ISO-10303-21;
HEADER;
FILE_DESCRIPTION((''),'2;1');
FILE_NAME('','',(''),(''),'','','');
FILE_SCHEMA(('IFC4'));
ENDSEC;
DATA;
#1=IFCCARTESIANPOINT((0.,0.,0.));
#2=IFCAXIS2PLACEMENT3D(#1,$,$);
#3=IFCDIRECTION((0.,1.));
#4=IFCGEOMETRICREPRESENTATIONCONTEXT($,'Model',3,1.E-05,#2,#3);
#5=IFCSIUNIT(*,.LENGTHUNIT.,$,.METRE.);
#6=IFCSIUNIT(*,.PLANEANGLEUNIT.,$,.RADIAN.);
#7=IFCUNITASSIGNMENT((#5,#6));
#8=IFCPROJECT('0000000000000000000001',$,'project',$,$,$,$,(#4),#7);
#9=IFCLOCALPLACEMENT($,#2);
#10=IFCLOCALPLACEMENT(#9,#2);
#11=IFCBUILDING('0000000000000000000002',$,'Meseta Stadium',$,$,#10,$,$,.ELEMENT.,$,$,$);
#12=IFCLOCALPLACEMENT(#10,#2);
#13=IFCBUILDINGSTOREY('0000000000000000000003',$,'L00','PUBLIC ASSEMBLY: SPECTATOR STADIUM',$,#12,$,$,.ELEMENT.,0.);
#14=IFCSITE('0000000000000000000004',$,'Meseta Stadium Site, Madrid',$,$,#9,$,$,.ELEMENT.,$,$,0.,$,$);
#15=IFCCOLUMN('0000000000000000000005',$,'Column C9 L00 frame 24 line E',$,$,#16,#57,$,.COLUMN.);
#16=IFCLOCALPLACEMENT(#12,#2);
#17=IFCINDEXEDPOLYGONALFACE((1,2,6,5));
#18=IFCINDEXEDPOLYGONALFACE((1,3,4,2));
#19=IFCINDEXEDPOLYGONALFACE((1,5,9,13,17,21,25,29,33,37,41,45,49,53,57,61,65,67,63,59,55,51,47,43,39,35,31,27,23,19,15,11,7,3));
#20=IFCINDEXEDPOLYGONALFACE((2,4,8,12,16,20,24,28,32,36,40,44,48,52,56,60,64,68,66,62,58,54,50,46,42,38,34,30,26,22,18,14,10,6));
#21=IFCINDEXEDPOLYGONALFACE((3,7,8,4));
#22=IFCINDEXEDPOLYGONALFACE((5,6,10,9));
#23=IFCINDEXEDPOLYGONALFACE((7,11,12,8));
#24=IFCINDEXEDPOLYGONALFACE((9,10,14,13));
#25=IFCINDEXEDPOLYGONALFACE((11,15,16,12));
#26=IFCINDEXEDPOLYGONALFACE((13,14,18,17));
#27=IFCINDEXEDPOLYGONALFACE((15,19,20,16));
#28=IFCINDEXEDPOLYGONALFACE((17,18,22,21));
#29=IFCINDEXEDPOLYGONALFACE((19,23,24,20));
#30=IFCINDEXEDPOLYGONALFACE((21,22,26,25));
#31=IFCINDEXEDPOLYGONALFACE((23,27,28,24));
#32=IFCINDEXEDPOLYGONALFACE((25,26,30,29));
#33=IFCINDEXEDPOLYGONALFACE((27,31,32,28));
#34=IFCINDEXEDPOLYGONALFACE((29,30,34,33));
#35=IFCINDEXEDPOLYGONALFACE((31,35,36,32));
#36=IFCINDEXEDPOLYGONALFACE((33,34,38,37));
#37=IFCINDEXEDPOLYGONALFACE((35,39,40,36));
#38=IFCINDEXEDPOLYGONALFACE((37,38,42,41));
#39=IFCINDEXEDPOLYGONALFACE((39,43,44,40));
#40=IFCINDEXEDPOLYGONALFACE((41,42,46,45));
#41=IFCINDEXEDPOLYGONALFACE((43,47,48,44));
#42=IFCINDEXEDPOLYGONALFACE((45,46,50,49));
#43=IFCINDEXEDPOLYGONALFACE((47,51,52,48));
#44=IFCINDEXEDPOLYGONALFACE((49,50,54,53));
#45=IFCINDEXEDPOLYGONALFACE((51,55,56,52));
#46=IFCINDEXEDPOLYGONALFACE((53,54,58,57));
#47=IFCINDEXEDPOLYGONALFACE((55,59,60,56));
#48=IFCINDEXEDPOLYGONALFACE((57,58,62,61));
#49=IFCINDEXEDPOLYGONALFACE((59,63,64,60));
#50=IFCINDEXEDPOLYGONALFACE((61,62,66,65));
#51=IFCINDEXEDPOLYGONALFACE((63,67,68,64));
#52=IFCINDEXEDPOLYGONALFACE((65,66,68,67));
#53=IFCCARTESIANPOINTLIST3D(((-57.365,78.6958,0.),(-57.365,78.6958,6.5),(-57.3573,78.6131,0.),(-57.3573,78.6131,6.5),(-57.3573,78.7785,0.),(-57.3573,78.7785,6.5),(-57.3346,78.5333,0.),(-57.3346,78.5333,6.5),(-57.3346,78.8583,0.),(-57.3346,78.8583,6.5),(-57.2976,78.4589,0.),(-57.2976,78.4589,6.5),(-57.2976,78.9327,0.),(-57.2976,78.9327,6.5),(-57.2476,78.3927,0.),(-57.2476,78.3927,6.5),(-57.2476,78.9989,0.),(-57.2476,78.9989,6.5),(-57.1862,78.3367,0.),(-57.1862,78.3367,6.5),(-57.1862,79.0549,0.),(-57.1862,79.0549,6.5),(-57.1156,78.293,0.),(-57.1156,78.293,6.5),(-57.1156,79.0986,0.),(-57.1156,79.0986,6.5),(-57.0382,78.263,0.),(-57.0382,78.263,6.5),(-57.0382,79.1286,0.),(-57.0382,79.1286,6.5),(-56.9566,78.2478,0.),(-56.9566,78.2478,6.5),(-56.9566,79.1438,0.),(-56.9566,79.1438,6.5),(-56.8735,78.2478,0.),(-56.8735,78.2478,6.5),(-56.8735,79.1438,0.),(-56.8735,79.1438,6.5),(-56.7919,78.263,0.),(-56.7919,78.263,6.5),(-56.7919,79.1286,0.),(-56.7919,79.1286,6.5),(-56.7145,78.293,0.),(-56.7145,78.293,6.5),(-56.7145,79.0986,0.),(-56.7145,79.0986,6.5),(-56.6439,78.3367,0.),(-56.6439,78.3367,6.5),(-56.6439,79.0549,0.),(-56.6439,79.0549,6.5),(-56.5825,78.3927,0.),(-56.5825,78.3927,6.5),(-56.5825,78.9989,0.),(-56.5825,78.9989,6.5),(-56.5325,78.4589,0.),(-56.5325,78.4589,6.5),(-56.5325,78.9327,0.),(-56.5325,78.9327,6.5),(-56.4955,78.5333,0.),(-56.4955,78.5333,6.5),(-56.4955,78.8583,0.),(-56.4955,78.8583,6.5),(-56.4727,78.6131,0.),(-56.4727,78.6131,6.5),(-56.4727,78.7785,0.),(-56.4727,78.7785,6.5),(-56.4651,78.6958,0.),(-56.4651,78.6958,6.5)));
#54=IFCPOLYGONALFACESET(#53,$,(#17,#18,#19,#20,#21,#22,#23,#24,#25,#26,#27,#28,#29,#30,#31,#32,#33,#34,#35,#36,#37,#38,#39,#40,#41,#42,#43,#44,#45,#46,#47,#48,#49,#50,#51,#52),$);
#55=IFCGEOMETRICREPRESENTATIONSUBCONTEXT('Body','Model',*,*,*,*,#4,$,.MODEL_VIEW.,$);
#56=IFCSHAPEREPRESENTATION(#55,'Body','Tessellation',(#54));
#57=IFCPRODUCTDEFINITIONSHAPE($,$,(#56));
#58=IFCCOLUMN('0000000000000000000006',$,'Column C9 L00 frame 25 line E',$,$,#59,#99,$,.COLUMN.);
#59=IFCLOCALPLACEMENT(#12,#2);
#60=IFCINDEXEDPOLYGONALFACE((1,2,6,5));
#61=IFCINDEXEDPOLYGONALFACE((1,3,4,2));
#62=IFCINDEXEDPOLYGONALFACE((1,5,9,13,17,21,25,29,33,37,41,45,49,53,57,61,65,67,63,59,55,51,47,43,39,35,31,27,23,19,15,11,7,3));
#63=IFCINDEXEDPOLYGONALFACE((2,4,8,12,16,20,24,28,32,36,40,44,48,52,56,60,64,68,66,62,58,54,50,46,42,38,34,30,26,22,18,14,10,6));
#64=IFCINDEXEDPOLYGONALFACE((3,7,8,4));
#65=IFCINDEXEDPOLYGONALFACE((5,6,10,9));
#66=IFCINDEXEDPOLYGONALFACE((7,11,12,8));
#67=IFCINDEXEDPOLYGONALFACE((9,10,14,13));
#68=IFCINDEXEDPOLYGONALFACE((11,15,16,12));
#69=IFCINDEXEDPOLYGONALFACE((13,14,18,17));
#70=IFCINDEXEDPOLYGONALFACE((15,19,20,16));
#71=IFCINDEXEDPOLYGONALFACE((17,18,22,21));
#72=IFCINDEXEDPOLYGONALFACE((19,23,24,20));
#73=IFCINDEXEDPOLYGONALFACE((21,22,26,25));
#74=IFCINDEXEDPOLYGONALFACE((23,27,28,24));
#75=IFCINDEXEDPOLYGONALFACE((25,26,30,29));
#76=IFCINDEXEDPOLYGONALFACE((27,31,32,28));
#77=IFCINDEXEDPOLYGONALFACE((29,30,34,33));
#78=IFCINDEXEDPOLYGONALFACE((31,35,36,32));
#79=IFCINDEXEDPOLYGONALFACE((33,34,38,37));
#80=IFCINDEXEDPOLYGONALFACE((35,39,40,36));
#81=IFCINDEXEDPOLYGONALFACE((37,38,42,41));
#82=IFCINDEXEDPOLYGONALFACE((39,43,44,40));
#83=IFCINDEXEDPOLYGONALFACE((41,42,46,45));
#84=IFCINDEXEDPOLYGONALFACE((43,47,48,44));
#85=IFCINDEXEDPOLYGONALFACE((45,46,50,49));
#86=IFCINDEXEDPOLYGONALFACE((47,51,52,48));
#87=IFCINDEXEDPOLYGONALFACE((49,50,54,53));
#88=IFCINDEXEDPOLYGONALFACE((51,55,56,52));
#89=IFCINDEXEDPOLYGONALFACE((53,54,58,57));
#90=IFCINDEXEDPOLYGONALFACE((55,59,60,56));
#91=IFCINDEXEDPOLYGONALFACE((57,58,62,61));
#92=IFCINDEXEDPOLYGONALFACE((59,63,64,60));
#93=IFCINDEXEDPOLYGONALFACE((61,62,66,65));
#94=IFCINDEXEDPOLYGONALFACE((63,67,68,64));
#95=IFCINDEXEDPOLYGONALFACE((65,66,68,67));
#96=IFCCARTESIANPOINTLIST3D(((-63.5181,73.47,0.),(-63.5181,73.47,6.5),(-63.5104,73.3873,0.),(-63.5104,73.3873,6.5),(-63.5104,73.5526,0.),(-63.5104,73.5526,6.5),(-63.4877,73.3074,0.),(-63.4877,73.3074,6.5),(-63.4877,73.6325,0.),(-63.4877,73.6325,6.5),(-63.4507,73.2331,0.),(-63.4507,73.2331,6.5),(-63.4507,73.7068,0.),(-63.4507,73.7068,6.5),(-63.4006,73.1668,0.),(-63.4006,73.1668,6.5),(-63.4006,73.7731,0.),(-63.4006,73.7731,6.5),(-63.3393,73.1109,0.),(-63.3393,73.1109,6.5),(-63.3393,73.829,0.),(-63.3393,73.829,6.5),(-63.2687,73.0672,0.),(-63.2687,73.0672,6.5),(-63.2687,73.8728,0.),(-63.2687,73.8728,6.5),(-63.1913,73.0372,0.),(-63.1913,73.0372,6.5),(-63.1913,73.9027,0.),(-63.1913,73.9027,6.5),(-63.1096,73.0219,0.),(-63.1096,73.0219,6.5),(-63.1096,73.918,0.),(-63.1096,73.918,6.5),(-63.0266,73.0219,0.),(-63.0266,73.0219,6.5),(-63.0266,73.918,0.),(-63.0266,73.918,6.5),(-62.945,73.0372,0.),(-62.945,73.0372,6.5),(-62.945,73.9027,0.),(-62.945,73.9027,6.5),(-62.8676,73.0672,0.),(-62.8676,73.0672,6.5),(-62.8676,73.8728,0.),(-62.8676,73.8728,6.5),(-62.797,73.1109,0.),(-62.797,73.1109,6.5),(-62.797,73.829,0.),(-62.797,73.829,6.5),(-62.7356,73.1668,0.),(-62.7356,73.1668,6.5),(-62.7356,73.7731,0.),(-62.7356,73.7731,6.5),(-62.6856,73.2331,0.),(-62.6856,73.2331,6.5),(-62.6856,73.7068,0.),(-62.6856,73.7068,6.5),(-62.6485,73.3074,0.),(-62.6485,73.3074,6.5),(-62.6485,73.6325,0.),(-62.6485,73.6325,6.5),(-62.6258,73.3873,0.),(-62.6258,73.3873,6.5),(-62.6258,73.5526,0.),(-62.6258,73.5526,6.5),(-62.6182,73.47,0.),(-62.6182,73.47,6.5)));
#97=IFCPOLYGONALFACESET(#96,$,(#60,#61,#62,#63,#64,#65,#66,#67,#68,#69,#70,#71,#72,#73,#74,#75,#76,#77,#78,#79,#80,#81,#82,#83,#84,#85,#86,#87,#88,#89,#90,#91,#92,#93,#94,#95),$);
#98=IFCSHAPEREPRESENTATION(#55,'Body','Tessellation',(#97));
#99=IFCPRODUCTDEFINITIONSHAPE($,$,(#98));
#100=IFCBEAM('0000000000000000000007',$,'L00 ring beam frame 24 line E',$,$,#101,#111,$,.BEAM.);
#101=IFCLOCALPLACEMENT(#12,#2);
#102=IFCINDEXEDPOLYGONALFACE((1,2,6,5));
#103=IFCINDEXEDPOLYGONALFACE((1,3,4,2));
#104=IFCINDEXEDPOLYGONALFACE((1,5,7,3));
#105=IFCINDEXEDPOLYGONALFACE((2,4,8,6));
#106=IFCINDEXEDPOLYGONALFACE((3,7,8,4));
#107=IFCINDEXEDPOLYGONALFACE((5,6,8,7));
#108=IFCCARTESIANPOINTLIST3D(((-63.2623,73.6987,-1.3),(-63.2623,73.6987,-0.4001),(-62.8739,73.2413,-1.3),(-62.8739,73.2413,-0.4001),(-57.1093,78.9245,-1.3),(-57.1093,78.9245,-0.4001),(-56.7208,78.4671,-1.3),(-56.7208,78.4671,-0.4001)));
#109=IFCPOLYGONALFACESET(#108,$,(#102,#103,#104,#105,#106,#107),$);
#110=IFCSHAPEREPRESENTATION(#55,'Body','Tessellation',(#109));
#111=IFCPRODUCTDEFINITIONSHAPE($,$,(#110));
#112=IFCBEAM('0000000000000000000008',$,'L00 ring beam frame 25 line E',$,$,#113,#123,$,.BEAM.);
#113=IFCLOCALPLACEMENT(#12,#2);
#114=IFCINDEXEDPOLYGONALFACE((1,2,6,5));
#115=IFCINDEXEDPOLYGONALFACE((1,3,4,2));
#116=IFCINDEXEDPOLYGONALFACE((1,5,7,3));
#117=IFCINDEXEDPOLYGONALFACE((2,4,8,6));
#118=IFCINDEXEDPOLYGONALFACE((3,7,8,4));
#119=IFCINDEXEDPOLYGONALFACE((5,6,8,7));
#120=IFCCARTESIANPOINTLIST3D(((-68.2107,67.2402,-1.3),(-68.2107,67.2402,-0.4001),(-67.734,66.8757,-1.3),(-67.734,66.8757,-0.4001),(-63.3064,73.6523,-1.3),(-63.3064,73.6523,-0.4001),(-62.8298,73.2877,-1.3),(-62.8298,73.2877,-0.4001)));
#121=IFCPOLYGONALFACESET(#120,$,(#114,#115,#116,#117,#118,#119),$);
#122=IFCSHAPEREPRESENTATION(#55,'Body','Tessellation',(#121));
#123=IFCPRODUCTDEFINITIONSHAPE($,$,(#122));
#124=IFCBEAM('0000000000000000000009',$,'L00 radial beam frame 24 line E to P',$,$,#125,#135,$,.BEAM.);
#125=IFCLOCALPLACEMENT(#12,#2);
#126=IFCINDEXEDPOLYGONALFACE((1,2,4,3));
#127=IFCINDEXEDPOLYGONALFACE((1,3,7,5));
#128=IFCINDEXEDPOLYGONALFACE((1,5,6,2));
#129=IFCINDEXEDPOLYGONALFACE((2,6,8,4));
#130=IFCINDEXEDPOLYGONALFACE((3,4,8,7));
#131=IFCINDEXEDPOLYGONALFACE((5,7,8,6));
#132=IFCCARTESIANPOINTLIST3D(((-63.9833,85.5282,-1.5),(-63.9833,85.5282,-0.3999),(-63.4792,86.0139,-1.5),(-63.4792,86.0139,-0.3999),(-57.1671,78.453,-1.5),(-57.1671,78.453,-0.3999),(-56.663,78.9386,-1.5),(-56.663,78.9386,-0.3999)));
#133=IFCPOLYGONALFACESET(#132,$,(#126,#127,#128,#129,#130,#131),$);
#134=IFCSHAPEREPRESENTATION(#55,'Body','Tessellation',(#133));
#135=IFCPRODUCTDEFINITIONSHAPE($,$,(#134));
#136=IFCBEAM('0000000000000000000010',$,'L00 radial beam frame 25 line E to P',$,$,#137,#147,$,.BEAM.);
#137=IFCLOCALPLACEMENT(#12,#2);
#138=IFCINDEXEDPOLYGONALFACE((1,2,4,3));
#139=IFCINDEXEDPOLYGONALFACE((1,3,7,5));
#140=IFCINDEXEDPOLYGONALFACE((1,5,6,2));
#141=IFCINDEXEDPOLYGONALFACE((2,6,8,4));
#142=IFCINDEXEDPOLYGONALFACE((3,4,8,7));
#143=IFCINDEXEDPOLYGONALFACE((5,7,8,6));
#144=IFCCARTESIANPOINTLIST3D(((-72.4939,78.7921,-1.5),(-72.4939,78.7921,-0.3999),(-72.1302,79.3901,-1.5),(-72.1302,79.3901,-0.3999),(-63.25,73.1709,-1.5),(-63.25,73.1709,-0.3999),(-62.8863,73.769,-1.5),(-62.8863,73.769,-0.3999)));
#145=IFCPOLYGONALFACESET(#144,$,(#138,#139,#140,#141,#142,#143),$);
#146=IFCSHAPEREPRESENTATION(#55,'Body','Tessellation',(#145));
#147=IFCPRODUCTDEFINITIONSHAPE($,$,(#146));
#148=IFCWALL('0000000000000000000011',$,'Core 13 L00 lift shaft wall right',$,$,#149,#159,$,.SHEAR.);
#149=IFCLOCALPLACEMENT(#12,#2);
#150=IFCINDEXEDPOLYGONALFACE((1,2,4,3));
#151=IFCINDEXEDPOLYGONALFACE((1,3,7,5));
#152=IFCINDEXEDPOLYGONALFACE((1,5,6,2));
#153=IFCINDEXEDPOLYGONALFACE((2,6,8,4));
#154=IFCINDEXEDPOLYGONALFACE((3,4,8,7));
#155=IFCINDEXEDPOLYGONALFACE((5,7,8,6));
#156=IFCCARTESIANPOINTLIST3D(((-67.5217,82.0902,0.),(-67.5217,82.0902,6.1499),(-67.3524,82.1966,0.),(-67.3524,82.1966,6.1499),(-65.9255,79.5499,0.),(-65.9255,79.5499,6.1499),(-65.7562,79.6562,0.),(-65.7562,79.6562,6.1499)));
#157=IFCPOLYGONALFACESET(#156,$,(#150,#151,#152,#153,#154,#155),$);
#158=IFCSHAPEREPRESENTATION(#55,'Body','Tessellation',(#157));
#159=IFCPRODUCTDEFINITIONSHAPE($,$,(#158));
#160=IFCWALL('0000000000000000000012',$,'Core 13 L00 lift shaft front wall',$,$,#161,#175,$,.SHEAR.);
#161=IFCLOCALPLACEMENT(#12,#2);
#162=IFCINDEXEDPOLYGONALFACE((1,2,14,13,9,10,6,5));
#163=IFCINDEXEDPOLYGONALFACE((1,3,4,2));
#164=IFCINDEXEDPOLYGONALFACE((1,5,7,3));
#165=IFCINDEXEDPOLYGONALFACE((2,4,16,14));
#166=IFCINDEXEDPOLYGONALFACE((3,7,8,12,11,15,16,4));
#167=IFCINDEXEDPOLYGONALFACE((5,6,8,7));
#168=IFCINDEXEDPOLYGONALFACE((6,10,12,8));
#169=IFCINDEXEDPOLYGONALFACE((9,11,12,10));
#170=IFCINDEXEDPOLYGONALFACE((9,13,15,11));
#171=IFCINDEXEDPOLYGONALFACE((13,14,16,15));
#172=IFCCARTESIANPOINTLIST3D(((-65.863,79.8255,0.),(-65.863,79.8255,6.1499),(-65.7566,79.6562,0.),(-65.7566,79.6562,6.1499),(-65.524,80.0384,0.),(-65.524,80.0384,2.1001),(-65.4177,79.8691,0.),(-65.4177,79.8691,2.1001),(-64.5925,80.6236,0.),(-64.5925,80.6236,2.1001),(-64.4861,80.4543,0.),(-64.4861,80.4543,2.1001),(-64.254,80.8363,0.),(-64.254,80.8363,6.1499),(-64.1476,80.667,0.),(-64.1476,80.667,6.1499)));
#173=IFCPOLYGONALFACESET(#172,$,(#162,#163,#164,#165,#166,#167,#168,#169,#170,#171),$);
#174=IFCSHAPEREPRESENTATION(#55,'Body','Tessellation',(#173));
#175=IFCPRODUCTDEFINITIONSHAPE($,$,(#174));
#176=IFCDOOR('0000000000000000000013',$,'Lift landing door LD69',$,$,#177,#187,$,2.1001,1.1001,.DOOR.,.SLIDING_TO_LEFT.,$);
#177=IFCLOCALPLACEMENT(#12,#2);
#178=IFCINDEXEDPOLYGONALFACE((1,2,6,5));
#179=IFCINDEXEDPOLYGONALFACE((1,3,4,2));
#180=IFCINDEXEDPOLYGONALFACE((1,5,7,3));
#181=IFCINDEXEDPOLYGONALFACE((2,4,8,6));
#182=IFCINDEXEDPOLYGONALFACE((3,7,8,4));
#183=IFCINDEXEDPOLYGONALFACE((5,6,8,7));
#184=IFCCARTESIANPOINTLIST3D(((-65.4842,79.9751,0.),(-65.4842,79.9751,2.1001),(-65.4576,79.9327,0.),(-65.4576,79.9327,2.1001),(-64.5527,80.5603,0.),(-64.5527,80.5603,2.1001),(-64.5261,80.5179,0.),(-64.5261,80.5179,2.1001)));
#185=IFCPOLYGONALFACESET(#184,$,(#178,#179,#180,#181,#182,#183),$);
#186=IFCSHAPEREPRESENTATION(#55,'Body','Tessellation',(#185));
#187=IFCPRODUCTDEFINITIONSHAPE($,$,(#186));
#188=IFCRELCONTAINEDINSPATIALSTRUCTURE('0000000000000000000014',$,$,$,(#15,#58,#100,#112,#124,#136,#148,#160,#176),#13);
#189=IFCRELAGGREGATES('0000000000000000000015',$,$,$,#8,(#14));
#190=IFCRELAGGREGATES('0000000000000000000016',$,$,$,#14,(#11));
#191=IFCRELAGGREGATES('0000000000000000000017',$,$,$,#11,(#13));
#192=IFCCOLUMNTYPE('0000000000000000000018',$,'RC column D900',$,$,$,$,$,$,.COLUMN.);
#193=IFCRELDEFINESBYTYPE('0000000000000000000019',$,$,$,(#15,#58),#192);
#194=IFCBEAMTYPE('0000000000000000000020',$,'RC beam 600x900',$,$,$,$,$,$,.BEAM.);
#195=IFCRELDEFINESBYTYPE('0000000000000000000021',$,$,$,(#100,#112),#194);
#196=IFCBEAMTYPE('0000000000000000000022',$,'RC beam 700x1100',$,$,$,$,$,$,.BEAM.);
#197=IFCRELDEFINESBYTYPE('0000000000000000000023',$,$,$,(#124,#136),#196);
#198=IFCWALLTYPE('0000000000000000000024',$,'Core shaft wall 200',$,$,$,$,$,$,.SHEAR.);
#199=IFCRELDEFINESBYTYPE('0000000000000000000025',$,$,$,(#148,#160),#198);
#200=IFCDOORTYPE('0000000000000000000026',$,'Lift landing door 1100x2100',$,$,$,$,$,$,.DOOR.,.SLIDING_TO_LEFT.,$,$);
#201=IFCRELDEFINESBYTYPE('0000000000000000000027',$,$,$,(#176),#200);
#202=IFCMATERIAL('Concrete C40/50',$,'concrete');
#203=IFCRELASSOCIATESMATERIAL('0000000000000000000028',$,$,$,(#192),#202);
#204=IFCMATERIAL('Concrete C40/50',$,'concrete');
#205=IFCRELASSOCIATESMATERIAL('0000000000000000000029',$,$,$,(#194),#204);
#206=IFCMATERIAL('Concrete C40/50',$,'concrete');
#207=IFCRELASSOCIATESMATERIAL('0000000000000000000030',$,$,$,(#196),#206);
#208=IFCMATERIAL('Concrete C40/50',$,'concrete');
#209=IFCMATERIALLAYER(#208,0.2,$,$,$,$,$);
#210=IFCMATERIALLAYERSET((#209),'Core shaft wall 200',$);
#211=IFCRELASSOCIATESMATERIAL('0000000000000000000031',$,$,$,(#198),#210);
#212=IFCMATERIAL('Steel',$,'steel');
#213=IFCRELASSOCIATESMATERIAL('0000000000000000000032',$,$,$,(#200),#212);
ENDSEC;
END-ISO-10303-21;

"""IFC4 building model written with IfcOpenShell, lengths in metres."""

from ifc_helpers import new_model, si_unit, direction, frame, frame_2d, origin, origin_2d, place, context, subcontext, project, spatial, rectangle, circle, extrude, material, layer, layer_set, material_profile, profile_set, type_object, element, fill, save


model = new_model("IFC4")

# Units and contexts
model_context = context("Model", 3, precision=1e-05, world=origin(), true_north=direction((0.0, 1.0)))
body_context = subcontext(model_context, "Body", "Model", "MODEL_VIEW")
ifc_project = project(units=[si_unit("LENGTHUNIT", "METRE"), si_unit("PLANEANGLEUNIT", "RADIAN")], contexts=[model_context])

# Site, building, storey
site_placement = place(None, origin())
site = spatial("IfcSite", under=ifc_project, at=site_placement, Name="Meseta Stadium Site, Madrid", CompositionType="ELEMENT", RefElevation=0.0)
building_placement = place(site_placement, origin())
building = spatial("IfcBuilding", under=site, at=building_placement, Name="Meseta Stadium", CompositionType="ELEMENT")
storey_placement = place(building_placement, origin())
storey = spatial("IfcBuildingStorey", under=building, at=storey_placement, Name="L00", Description="PUBLIC ASSEMBLY: SPECTATOR STADIUM", CompositionType="ELEMENT", Elevation=0.0)

# Columns
ifc_material_1 = material(Name="Concrete C40/50", Category="concrete")
ifc_material_profile_1 = material_profile(ifc_material_1, circle(Radius=0.45, at=origin_2d()), Name="RC D900")
ifc_profile_set_1 = profile_set([ifc_material_profile_1], Name="Concrete C40/50")
column_type = type_object("IfcColumnType", Name="RC column D900", PredefinedType="COLUMN", material=ifc_profile_set_1)
for number, where, z_axis, x_axis, name in (
    (1, (-56.915, 78.6958, 0.0), (0.0, 0.0, 1.0), (1.0, 0.0, 0.0), "Column C9 L00 frame 24 line E"),
    (2, (-63.0681, 73.47, 0.0), (0.0, 0.0, 1.0), (1.0, 0.0, 0.0), "Column C9 L00 frame 25 line E"),
):
    element("IfcColumn", number, at=place(storey_placement, frame(where, z_axis=z_axis, x_axis=x_axis)), inside=storey, type_object=column_type, Name=name, PredefinedType="COLUMN", context=body_context, shape_type="SweptSolid", body=[
        extrude(circle(Radius=0.45, at=origin_2d()), origin(), (0.0, 0.0, 1.0), 6.5),
    ])

# Beams
ifc_material_2 = material(Name="Concrete C40/50", Category="concrete")
ifc_material_profile_2 = material_profile(ifc_material_2, rectangle(XDim=0.6001, YDim=0.8999, at=origin_2d()), Name="RC 600x900")
ifc_profile_set_2 = profile_set([ifc_material_profile_2], Name="Concrete C40/50")
beam_type_1 = type_object("IfcBeamType", Name="RC beam 600x900", PredefinedType="BEAM", material=ifc_profile_set_2)
beam_1_placement = place(storey_placement, frame((-56.915, 78.6958, -0.8501), z_axis=(-0.762201, -0.64734, 0.0), x_axis=(0.64734, -0.762201, 0.0)))
element("IfcBeam", 3, at=beam_1_placement, inside=storey, type_object=beam_type_1, Name="L00 ring beam frame 24 line E", PredefinedType="BEAM", context=body_context, shape_type="SweptSolid", body=[
    extrude(rectangle(XDim=0.6001, YDim=0.8999, at=origin_2d()), origin(), (0.0, 0.0, 1.0), 8.0728),
])
beam_2_placement = place(storey_placement, frame((-63.0681, 73.47, -0.8501), z_axis=(-0.607522, -0.794303, 0.0), x_axis=(0.794303, -0.607522, 0.0)))
element("IfcBeam", 4, at=beam_2_placement, inside=storey, type_object=beam_type_1, Name="L00 ring beam frame 25 line E", PredefinedType="BEAM", context=body_context, shape_type="SweptSolid", body=[
    extrude(rectangle(XDim=0.6001, YDim=0.8999, at=origin_2d()), origin(), (0.0, 0.0, 1.0), 8.0725),
])
ifc_material_3 = material(Name="Concrete C40/50", Category="concrete")
ifc_material_profile_3 = material_profile(ifc_material_3, rectangle(XDim=0.7, YDim=1.1001, at=origin_2d()), Name="RC 700x1100")
ifc_profile_set_3 = profile_set([ifc_material_profile_3], Name="Concrete C40/50")
beam_type_2 = type_object("IfcBeamType", Name="RC beam 700x1100", PredefinedType="BEAM", material=ifc_profile_set_3)
beam_3_placement = place(storey_placement, frame((-56.915, 78.6958, -0.95), z_axis=(-0.693801, 0.720167, 0.0), x_axis=(-0.720167, -0.693801, 0.0)))
element("IfcBeam", 5, at=beam_3_placement, inside=storey, type_object=beam_type_2, Name="L00 radial beam frame 24 line E to P", PredefinedType="BEAM", context=body_context, shape_type="SweptSolid", body=[
    extrude(rectangle(XDim=0.7, YDim=1.1001, at=origin_2d()), origin(), (0.0, 0.0, 1.0), 9.8245),
])
beam_4_placement = place(storey_placement, frame((-63.0681, 73.47, -0.95), z_axis=(-0.854429, 0.519567, 0.0), x_axis=(-0.519567, -0.854429, 0.0)))
element("IfcBeam", 6, at=beam_4_placement, inside=storey, type_object=beam_type_2, Name="L00 radial beam frame 25 line E to P", PredefinedType="BEAM", context=body_context, shape_type="SweptSolid", body=[
    extrude(rectangle(XDim=0.7, YDim=1.1001, at=origin_2d()), origin(), (0.0, 0.0, 1.0), 10.8188),
])

# Wall
ifc_material_4 = material(Name="Concrete C40/50", Category="concrete")
ifc_layer_1 = layer(ifc_material_4, 0.2)
ifc_layer_set_1 = layer_set([ifc_layer_1], Name="Core shaft wall 200")
wall_type_1 = type_object("IfcWallType", Name="Core shaft wall 200", PredefinedType="SHEAR", material=ifc_layer_set_1)
wall_1_placement = place(storey_placement, frame((-67.437, 82.1433, 0.0), z_axis=(0.0, 0.0, 1.0), x_axis=(0.532038, -0.84672, 0.0)))
element("IfcWall", 7, at=wall_1_placement, inside=storey, type_object=wall_type_1, Name="Core 13 L00 lift shaft wall right", PredefinedType="SHEAR", context=body_context, shape_type="SweptSolid", body=[
    extrude(rectangle(XDim=3.0002, YDim=0.2, at=frame_2d((1.5, 0.0))), origin(), (0.0, 0.0, 1.0), 6.1499),
])

# Wall, opening, door
wall_2_placement = place(storey_placement, frame((-64.2007, 80.7517, 0.0), z_axis=(0.0, 0.0, 1.0), x_axis=(-0.846769, -0.531961, 0.0)))
wall_2 = element("IfcWall", 8, at=wall_2_placement, inside=storey, type_object=wall_type_1, Name="Core 13 L00 lift shaft front wall", PredefinedType="SHEAR", context=body_context, shape_type="SweptSolid", body=[
    extrude(rectangle(XDim=1.9001, YDim=0.2, at=frame_2d((0.9502, 0.0))), origin(), (0.0, 0.0, 1.0), 6.1499),
])
opening_1_placement = place(wall_2_placement, frame((0.3999, 0.0, 0.0)))
opening_1 = element("IfcOpeningElement", 9, at=opening_1_placement, cuts=wall_2, PredefinedType="OPENING", context=body_context, shape_type="SweptSolid", body=[
    extrude(rectangle(XDim=1.1001, YDim=2.1001, at=frame_2d((0.55, 1.05))), frame((0.0, 0.1099, 0.0), z_axis=(0.0, -1.0, 0.0), x_axis=(1.0, 0.0, 0.0)), (0.0, 0.0, 1.0), 0.22),
])
ifc_material_5 = material(Name="Steel", Category="steel")
door_type_1 = type_object("IfcDoorType", Name="Lift landing door 1100x2100", OperationType="SLIDING_TO_LEFT", PredefinedType="DOOR", material=ifc_material_5)
door_1_placement = place(opening_1_placement, origin())
door_1 = element("IfcDoor", 10, at=door_1_placement, inside=storey, type_object=door_type_1, Name="Lift landing door LD69", OperationType="SLIDING_TO_LEFT", OverallHeight=2.1001, OverallWidth=1.1001, PredefinedType="DOOR", context=body_context, shape_type="SweptSolid", body=[
    extrude(rectangle(XDim=1.1001, YDim=2.1001, at=frame_2d((0.55, 1.05))), frame((0.0, 0.0249, 0.0), z_axis=(0.0, -1.0, 0.0), x_axis=(1.0, 0.0, 0.0)), (0.0, 0.0, 1.0), 0.05),
])
fill(opening_1, door_1)

save(model, "model.ifc")
